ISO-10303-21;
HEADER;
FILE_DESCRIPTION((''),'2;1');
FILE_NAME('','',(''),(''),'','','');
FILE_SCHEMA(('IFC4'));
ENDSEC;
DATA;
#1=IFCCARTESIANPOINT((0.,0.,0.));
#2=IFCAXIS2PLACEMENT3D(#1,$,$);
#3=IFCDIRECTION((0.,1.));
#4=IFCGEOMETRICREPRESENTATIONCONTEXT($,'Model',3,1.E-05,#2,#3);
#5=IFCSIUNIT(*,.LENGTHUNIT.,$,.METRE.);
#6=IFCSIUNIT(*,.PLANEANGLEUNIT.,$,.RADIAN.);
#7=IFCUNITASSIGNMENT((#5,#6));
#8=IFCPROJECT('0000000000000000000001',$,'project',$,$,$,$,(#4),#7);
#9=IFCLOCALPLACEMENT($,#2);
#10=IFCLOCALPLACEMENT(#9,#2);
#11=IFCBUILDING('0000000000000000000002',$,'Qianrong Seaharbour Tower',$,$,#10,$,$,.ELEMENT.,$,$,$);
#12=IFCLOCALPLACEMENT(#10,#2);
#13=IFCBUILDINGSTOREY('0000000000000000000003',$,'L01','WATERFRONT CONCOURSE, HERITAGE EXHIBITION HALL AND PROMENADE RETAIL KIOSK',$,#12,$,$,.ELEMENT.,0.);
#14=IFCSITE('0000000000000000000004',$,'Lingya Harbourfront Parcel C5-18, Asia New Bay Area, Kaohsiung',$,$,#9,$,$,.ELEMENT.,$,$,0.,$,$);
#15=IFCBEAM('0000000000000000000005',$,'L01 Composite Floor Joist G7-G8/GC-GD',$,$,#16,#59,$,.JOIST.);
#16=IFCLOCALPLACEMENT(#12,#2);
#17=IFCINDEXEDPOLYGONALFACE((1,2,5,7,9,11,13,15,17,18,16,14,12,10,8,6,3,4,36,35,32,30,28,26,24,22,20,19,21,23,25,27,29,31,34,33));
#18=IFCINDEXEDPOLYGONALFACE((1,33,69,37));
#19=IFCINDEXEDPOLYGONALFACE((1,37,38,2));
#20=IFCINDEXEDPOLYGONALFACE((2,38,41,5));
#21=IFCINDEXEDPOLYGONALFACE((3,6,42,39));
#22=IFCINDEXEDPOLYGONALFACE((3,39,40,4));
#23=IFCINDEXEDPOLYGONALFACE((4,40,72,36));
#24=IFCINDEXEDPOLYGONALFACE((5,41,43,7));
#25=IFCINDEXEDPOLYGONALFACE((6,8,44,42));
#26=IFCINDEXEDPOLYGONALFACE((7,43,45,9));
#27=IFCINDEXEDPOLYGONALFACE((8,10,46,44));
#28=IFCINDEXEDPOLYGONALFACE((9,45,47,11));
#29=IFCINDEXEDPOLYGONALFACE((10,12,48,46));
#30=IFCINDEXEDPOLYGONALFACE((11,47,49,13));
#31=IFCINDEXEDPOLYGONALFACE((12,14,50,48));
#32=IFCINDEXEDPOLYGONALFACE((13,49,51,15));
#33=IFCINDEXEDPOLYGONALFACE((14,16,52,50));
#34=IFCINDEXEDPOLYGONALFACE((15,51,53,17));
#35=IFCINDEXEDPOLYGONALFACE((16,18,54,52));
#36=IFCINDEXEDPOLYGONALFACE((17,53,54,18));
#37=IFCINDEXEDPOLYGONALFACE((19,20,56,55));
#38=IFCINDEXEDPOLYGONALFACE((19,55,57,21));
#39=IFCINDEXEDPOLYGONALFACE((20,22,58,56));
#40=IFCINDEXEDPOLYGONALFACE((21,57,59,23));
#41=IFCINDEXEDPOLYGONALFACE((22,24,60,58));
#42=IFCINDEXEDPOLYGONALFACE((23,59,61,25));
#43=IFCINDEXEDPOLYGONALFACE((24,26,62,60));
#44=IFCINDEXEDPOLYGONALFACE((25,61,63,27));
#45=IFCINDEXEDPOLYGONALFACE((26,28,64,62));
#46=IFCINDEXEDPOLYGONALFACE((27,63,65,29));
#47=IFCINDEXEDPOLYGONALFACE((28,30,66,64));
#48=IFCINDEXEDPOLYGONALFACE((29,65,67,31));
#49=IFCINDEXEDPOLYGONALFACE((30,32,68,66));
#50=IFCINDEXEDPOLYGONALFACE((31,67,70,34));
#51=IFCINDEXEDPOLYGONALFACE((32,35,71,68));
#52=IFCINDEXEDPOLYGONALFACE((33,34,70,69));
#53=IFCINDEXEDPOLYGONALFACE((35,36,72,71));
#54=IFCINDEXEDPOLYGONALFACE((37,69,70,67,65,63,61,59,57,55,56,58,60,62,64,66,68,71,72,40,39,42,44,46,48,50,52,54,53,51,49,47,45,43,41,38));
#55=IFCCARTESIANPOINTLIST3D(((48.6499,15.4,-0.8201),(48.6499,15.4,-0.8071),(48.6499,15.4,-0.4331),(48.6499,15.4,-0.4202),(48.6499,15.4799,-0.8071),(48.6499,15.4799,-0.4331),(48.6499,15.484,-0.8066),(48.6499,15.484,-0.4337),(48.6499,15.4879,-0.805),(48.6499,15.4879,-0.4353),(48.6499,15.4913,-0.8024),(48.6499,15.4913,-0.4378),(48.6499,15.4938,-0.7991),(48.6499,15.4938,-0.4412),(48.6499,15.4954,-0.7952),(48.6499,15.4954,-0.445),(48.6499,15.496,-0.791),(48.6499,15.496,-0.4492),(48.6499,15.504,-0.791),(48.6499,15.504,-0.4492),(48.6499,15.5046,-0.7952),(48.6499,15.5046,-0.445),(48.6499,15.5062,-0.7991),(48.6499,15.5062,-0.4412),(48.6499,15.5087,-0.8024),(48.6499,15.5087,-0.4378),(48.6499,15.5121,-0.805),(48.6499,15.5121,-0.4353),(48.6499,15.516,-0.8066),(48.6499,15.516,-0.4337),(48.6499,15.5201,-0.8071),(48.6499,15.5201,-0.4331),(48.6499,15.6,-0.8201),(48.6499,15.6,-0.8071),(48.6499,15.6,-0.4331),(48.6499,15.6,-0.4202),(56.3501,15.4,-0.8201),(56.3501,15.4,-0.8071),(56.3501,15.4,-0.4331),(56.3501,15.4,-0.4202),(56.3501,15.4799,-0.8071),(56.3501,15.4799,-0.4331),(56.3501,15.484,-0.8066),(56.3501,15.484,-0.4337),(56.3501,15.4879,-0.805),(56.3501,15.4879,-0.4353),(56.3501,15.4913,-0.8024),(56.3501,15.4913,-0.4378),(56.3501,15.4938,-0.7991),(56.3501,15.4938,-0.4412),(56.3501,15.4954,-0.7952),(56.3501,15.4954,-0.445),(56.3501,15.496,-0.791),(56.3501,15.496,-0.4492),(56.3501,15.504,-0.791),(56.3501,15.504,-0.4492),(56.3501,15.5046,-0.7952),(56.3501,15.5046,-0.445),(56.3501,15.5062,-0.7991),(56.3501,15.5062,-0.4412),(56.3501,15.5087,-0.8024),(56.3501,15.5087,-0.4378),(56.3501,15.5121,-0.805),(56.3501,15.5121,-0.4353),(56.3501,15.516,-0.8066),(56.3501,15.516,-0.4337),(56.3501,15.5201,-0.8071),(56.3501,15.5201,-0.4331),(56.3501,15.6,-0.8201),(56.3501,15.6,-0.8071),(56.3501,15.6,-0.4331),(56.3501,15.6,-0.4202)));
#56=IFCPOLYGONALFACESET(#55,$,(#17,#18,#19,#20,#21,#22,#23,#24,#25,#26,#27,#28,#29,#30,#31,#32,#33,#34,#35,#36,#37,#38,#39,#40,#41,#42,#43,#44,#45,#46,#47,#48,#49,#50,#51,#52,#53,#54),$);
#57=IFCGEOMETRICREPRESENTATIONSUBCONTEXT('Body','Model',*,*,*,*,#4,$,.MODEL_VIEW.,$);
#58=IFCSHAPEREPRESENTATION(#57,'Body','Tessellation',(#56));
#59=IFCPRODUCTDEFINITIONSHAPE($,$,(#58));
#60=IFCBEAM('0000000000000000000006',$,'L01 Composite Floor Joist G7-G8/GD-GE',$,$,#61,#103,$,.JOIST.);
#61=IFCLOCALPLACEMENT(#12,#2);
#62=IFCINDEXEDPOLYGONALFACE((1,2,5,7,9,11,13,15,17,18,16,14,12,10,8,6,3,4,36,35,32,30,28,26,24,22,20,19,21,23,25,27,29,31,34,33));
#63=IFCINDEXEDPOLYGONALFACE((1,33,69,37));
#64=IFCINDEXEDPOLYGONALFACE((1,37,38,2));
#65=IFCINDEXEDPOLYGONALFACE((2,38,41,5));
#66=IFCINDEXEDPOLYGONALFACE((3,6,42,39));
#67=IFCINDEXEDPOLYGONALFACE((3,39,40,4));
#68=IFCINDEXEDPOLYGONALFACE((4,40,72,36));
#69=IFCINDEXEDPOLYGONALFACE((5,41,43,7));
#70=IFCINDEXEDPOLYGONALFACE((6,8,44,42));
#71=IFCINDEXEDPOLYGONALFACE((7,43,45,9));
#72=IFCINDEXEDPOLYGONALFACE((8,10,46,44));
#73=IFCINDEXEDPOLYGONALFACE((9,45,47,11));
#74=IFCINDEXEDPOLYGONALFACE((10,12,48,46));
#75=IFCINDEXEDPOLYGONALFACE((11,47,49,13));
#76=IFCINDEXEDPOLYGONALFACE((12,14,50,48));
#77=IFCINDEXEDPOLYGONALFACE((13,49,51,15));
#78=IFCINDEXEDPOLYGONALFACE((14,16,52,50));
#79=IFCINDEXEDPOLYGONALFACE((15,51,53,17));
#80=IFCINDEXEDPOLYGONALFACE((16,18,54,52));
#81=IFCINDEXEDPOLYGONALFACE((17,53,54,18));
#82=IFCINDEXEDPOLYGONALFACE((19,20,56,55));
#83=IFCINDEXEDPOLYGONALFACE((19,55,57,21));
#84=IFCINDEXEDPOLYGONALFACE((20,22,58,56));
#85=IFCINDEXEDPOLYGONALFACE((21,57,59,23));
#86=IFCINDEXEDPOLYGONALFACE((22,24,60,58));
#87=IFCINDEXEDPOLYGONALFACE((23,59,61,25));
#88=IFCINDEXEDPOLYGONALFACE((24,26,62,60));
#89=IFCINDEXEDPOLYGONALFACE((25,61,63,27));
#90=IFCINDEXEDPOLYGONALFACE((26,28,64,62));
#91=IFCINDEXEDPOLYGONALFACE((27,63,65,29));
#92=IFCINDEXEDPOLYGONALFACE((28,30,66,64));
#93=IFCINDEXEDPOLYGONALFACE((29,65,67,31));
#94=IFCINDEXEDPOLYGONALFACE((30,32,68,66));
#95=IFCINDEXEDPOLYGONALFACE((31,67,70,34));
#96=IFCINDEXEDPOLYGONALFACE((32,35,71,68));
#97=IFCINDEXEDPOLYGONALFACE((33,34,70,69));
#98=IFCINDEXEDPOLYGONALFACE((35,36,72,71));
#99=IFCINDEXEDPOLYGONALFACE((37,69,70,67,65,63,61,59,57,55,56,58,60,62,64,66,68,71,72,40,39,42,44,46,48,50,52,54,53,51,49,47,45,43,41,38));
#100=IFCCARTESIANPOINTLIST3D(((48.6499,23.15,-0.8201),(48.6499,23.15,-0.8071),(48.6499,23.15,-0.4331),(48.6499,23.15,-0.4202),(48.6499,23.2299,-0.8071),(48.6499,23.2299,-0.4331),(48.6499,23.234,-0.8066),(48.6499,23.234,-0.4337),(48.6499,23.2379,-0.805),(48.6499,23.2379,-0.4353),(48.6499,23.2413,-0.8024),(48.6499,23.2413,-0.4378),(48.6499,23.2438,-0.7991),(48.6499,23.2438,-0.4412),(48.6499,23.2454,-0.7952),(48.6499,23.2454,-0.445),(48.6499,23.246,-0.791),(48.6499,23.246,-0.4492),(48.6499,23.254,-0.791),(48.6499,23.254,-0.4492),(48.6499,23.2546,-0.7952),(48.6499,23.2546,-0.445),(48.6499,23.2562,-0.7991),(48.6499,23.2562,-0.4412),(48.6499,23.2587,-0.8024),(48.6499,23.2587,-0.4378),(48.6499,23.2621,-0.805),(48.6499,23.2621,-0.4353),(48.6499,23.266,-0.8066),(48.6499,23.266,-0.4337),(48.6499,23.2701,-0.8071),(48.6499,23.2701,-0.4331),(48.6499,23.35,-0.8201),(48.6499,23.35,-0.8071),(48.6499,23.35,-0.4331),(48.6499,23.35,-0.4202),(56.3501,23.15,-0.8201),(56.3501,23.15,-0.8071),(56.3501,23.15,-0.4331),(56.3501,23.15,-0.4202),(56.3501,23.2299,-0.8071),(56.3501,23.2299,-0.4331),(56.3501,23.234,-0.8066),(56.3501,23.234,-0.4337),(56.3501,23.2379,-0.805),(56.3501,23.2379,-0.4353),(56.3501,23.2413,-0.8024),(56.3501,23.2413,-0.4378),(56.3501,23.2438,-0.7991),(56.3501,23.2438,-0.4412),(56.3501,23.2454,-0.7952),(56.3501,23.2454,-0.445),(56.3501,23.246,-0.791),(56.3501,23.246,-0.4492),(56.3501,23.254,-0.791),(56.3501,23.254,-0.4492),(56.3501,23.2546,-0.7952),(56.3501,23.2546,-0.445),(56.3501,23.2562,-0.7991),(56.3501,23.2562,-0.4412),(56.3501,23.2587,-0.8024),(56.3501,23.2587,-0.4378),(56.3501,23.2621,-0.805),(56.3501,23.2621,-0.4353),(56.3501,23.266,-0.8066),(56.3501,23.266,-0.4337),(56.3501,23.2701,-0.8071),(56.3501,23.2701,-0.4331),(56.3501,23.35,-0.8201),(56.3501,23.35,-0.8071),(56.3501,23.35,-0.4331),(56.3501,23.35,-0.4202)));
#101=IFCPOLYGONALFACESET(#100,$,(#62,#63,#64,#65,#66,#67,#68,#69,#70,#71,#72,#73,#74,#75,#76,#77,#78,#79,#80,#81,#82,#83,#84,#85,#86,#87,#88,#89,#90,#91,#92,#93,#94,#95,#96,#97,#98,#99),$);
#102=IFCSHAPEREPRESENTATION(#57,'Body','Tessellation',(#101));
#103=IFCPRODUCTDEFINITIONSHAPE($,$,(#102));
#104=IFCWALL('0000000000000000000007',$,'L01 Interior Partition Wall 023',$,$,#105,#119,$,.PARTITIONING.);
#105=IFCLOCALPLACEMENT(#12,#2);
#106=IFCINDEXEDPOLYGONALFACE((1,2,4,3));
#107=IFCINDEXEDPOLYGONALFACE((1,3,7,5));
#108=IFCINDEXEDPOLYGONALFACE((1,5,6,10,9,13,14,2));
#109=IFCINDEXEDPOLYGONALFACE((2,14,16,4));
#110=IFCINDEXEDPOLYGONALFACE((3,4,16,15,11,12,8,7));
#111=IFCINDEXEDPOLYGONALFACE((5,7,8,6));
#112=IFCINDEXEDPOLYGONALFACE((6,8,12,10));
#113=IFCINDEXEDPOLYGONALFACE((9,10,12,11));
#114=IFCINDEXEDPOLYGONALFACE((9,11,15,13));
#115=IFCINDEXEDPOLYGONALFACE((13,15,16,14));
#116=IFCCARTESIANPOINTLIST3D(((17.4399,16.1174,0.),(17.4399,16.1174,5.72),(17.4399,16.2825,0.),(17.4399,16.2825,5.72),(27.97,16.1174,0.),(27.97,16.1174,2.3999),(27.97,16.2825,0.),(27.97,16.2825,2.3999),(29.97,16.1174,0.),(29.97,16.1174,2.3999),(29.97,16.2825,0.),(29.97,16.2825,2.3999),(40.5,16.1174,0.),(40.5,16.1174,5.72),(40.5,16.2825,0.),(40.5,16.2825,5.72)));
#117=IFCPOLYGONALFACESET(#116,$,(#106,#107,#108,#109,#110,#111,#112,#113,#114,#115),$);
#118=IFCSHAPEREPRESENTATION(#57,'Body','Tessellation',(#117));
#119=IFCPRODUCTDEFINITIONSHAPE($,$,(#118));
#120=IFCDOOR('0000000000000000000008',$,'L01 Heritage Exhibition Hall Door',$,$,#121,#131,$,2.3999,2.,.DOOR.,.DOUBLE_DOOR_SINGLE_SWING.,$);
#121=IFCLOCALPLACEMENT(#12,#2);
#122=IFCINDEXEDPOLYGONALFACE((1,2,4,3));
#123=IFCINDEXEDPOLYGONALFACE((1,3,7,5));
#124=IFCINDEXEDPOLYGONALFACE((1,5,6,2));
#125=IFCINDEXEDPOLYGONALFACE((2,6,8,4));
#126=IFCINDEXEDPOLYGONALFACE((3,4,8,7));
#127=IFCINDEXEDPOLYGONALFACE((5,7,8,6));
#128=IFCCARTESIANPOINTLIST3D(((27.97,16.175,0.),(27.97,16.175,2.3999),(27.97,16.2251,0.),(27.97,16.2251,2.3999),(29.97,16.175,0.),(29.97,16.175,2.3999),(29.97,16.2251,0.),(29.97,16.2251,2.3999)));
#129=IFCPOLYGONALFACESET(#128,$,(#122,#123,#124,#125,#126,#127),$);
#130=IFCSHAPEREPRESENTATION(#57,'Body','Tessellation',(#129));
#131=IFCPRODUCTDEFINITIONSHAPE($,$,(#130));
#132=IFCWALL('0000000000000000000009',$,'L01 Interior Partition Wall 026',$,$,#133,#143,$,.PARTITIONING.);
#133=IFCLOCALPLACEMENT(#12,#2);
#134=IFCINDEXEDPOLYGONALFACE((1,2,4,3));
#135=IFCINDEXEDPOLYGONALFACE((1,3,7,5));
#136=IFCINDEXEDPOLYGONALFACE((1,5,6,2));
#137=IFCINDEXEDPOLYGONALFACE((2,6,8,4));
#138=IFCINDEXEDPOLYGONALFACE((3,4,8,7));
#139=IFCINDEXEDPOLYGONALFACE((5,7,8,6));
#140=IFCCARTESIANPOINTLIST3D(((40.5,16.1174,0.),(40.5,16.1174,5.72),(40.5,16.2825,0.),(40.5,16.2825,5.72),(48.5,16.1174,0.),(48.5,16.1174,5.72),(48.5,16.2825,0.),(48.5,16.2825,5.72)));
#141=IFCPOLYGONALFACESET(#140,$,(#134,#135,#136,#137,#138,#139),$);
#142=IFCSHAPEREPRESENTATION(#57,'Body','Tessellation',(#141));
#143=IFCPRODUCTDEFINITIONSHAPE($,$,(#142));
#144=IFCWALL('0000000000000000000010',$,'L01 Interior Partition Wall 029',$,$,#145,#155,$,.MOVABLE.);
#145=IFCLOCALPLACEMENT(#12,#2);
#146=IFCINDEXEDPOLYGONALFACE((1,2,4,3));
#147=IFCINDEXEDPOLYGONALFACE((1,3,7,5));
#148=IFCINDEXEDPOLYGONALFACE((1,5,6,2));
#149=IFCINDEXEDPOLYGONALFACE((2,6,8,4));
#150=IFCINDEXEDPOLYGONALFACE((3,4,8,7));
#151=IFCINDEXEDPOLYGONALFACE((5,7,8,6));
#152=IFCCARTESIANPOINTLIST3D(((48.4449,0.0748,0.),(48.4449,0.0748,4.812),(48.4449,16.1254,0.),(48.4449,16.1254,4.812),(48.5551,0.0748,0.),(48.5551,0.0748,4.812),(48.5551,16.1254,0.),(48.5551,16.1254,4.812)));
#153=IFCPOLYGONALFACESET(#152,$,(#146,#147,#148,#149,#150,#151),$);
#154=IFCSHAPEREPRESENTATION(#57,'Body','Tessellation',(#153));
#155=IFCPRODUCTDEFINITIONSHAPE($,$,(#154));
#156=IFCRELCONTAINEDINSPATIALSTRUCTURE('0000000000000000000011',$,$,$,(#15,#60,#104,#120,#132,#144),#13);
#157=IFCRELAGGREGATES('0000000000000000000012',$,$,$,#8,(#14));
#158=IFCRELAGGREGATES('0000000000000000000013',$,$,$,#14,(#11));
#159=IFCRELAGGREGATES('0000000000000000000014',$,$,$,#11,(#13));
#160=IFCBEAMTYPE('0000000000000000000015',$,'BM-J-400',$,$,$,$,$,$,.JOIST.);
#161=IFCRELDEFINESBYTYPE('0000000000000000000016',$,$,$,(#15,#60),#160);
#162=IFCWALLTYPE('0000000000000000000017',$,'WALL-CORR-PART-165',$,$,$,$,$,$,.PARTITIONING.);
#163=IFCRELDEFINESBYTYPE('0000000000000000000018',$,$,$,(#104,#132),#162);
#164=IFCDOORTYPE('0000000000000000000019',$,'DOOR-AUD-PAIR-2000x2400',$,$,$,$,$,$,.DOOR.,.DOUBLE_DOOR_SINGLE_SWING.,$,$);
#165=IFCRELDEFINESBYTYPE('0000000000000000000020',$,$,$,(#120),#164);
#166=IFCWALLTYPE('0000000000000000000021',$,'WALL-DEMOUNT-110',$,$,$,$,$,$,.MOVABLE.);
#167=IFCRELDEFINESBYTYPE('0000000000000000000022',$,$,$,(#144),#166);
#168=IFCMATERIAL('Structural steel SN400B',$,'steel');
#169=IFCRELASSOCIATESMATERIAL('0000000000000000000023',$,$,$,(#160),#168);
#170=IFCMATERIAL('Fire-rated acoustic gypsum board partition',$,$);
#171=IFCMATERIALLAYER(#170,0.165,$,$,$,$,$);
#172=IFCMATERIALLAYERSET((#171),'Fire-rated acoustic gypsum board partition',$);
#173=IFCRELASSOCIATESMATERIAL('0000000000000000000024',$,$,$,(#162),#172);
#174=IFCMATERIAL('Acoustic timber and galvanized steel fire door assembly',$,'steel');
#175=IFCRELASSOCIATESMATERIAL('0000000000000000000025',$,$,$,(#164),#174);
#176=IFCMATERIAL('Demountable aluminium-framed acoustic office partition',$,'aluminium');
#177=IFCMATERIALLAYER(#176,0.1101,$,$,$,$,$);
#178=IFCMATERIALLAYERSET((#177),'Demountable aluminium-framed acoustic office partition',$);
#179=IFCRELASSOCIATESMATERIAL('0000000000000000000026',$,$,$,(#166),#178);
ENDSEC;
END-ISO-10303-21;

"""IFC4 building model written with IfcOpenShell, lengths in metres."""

from ifc_helpers import new_model, si_unit, direction, frame, frame_2d, origin, origin_2d, place, context, subcontext, project, spatial, rectangle, i_section, extrude, material, layer, layer_set, material_profile, profile_set, type_object, element, fill, save


model = new_model("IFC4")

# Units and contexts
model_context = context("Model", 3, precision=1e-05, world=origin(), true_north=direction((0.0, 1.0)))
body_context = subcontext(model_context, "Body", "Model", "MODEL_VIEW")
ifc_project = project(units=[si_unit("LENGTHUNIT", "METRE"), si_unit("PLANEANGLEUNIT", "RADIAN")], contexts=[model_context])

# Site, building, storey
site_placement = place(None, origin())
site = spatial("IfcSite", under=ifc_project, at=site_placement, Name="Lingya Harbourfront Parcel C5-18, Asia New Bay Area, Kaohsiung", CompositionType="ELEMENT", RefElevation=0.0)
building_placement = place(site_placement, origin())
building = spatial("IfcBuilding", under=site, at=building_placement, Name="Qianrong Seaharbour Tower", CompositionType="ELEMENT")
storey_placement = place(building_placement, origin())
storey = spatial("IfcBuildingStorey", under=building, at=storey_placement, Name="L01", Description="WATERFRONT CONCOURSE, HERITAGE EXHIBITION HALL AND PROMENADE RETAIL KIOSK", CompositionType="ELEMENT", Elevation=0.0)

# Beams
ifc_material_1 = material(Name="Structural steel SN400B", Category="steel")
ifc_material_profile_1 = material_profile(ifc_material_1, i_section(OverallWidth=0.2, OverallDepth=0.3999, WebThickness=0.0081, FlangeThickness=0.0129, FilletRadius=0.0161, at=origin_2d()), Name="H400x200x8x13")
ifc_profile_set_1 = profile_set([ifc_material_profile_1], Name="Structural steel SN400B")
beam_type_1 = type_object("IfcBeamType", Name="BM-J-400", PredefinedType="JOIST", material=ifc_profile_set_1)
for number, where, z_axis, x_axis, name in (
    (1, (48.6499, 15.5, -0.6201), (1.0, 0.0, 0.0), (0.0, 1.0, 0.0), "L01 Composite Floor Joist G7-G8/GC-GD"),
    (2, (48.6499, 23.25, -0.6201), (1.0, 0.0, 0.0), (0.0, 1.0, 0.0), "L01 Composite Floor Joist G7-G8/GD-GE"),
):
    element("IfcBeam", number, at=place(storey_placement, frame(where, z_axis=z_axis, x_axis=x_axis)), inside=storey, type_object=beam_type_1, Name=name, PredefinedType="JOIST", context=body_context, shape_type="SweptSolid", body=[
        extrude(i_section(OverallWidth=0.2, OverallDepth=0.3999, WebThickness=0.0081, FlangeThickness=0.0129, FilletRadius=0.0161, at=origin_2d()), origin(), (0.0, 0.0, 1.0), 7.7002),
    ])

# Wall, opening, door
ifc_material_2 = material(Name="Fire-rated acoustic gypsum board partition")
ifc_layer_1 = layer(ifc_material_2, 0.165)
ifc_layer_set_1 = layer_set([ifc_layer_1], Name="Fire-rated acoustic gypsum board partition")
wall_type_1 = type_object("IfcWallType", Name="WALL-CORR-PART-165", PredefinedType="PARTITIONING", material=ifc_layer_set_1)
wall_1_placement = place(storey_placement, frame((40.5, 16.2, 0.0), z_axis=(0.0, 0.0, 1.0), x_axis=(-1.0, 0.0, 0.0)))
wall_1 = element("IfcWall", 3, at=wall_1_placement, inside=storey, type_object=wall_type_1, Name="L01 Interior Partition Wall 023", PredefinedType="PARTITIONING", context=body_context, shape_type="SweptSolid", body=[
    extrude(rectangle(XDim=23.0601, YDim=0.165, at=frame_2d((11.53, 0.0))), origin(), (0.0, 0.0, 1.0), 5.72),
])
opening_placement = place(wall_1_placement, frame((10.53, 0.0, 0.0)))
opening = element("IfcOpeningElement", 4, at=opening_placement, cuts=wall_1, PredefinedType="OPENING", context=body_context, shape_type="SweptSolid", body=[
    extrude(rectangle(XDim=2.0, YDim=2.3999, at=frame_2d((1.0, 1.2))), frame((0.0, 0.0925, 0.0), z_axis=(0.0, -1.0, 0.0), x_axis=(1.0, 0.0, 0.0)), (0.0, 0.0, 1.0), 0.1851),
])
ifc_material_3 = material(Name="Acoustic timber and galvanized steel fire door assembly", Category="steel")
door_type = type_object("IfcDoorType", Name="DOOR-AUD-PAIR-2000x2400", OperationType="DOUBLE_DOOR_SINGLE_SWING", PredefinedType="DOOR", material=ifc_material_3)
door_placement = place(opening_placement, origin())
door = element("IfcDoor", 5, at=door_placement, inside=storey, type_object=door_type, Name="L01 Heritage Exhibition Hall Door", OperationType="DOUBLE_DOOR_SINGLE_SWING", OverallHeight=2.3999, OverallWidth=2.0, PredefinedType="DOOR", context=body_context, shape_type="SweptSolid", body=[
    extrude(rectangle(XDim=2.0, YDim=2.3999, at=frame_2d((1.0, 1.2))), frame((0.0, 0.0249, 0.0), z_axis=(0.0, -1.0, 0.0), x_axis=(1.0, 0.0, 0.0)), (0.0, 0.0, 1.0), 0.05),
])
fill(opening, door)

# Walls
wall_2_placement = place(storey_placement, frame((48.5, 16.2, 0.0), z_axis=(0.0, 0.0, 1.0), x_axis=(-1.0, 0.0, 0.0)))
element("IfcWall", 6, at=wall_2_placement, inside=storey, type_object=wall_type_1, Name="L01 Interior Partition Wall 026", PredefinedType="PARTITIONING", context=body_context, shape_type="SweptSolid", body=[
    extrude(rectangle(XDim=8.0, YDim=0.165, at=frame_2d((4.0, 0.0))), origin(), (0.0, 0.0, 1.0), 5.72),
])
ifc_material_4 = material(Name="Demountable aluminium-framed acoustic office partition", Category="aluminium")
ifc_layer_2 = layer(ifc_material_4, 0.1101)
ifc_layer_set_2 = layer_set([ifc_layer_2], Name="Demountable aluminium-framed acoustic office partition")
wall_type_2 = type_object("IfcWallType", Name="WALL-DEMOUNT-110", PredefinedType="MOVABLE", material=ifc_layer_set_2)
wall_3_placement = place(storey_placement, frame((48.5, 16.1255, 0.0), z_axis=(0.0, 0.0, 1.0), x_axis=(0.0, -1.0, 0.0)))
element("IfcWall", 7, at=wall_3_placement, inside=storey, type_object=wall_type_2, Name="L01 Interior Partition Wall 029", PredefinedType="MOVABLE", context=body_context, shape_type="SweptSolid", body=[
    extrude(rectangle(XDim=16.0505, YDim=0.1101, at=frame_2d((8.0254, 0.0))), origin(), (0.0, 0.0, 1.0), 4.812),
])

save(model, "model.ifc")
